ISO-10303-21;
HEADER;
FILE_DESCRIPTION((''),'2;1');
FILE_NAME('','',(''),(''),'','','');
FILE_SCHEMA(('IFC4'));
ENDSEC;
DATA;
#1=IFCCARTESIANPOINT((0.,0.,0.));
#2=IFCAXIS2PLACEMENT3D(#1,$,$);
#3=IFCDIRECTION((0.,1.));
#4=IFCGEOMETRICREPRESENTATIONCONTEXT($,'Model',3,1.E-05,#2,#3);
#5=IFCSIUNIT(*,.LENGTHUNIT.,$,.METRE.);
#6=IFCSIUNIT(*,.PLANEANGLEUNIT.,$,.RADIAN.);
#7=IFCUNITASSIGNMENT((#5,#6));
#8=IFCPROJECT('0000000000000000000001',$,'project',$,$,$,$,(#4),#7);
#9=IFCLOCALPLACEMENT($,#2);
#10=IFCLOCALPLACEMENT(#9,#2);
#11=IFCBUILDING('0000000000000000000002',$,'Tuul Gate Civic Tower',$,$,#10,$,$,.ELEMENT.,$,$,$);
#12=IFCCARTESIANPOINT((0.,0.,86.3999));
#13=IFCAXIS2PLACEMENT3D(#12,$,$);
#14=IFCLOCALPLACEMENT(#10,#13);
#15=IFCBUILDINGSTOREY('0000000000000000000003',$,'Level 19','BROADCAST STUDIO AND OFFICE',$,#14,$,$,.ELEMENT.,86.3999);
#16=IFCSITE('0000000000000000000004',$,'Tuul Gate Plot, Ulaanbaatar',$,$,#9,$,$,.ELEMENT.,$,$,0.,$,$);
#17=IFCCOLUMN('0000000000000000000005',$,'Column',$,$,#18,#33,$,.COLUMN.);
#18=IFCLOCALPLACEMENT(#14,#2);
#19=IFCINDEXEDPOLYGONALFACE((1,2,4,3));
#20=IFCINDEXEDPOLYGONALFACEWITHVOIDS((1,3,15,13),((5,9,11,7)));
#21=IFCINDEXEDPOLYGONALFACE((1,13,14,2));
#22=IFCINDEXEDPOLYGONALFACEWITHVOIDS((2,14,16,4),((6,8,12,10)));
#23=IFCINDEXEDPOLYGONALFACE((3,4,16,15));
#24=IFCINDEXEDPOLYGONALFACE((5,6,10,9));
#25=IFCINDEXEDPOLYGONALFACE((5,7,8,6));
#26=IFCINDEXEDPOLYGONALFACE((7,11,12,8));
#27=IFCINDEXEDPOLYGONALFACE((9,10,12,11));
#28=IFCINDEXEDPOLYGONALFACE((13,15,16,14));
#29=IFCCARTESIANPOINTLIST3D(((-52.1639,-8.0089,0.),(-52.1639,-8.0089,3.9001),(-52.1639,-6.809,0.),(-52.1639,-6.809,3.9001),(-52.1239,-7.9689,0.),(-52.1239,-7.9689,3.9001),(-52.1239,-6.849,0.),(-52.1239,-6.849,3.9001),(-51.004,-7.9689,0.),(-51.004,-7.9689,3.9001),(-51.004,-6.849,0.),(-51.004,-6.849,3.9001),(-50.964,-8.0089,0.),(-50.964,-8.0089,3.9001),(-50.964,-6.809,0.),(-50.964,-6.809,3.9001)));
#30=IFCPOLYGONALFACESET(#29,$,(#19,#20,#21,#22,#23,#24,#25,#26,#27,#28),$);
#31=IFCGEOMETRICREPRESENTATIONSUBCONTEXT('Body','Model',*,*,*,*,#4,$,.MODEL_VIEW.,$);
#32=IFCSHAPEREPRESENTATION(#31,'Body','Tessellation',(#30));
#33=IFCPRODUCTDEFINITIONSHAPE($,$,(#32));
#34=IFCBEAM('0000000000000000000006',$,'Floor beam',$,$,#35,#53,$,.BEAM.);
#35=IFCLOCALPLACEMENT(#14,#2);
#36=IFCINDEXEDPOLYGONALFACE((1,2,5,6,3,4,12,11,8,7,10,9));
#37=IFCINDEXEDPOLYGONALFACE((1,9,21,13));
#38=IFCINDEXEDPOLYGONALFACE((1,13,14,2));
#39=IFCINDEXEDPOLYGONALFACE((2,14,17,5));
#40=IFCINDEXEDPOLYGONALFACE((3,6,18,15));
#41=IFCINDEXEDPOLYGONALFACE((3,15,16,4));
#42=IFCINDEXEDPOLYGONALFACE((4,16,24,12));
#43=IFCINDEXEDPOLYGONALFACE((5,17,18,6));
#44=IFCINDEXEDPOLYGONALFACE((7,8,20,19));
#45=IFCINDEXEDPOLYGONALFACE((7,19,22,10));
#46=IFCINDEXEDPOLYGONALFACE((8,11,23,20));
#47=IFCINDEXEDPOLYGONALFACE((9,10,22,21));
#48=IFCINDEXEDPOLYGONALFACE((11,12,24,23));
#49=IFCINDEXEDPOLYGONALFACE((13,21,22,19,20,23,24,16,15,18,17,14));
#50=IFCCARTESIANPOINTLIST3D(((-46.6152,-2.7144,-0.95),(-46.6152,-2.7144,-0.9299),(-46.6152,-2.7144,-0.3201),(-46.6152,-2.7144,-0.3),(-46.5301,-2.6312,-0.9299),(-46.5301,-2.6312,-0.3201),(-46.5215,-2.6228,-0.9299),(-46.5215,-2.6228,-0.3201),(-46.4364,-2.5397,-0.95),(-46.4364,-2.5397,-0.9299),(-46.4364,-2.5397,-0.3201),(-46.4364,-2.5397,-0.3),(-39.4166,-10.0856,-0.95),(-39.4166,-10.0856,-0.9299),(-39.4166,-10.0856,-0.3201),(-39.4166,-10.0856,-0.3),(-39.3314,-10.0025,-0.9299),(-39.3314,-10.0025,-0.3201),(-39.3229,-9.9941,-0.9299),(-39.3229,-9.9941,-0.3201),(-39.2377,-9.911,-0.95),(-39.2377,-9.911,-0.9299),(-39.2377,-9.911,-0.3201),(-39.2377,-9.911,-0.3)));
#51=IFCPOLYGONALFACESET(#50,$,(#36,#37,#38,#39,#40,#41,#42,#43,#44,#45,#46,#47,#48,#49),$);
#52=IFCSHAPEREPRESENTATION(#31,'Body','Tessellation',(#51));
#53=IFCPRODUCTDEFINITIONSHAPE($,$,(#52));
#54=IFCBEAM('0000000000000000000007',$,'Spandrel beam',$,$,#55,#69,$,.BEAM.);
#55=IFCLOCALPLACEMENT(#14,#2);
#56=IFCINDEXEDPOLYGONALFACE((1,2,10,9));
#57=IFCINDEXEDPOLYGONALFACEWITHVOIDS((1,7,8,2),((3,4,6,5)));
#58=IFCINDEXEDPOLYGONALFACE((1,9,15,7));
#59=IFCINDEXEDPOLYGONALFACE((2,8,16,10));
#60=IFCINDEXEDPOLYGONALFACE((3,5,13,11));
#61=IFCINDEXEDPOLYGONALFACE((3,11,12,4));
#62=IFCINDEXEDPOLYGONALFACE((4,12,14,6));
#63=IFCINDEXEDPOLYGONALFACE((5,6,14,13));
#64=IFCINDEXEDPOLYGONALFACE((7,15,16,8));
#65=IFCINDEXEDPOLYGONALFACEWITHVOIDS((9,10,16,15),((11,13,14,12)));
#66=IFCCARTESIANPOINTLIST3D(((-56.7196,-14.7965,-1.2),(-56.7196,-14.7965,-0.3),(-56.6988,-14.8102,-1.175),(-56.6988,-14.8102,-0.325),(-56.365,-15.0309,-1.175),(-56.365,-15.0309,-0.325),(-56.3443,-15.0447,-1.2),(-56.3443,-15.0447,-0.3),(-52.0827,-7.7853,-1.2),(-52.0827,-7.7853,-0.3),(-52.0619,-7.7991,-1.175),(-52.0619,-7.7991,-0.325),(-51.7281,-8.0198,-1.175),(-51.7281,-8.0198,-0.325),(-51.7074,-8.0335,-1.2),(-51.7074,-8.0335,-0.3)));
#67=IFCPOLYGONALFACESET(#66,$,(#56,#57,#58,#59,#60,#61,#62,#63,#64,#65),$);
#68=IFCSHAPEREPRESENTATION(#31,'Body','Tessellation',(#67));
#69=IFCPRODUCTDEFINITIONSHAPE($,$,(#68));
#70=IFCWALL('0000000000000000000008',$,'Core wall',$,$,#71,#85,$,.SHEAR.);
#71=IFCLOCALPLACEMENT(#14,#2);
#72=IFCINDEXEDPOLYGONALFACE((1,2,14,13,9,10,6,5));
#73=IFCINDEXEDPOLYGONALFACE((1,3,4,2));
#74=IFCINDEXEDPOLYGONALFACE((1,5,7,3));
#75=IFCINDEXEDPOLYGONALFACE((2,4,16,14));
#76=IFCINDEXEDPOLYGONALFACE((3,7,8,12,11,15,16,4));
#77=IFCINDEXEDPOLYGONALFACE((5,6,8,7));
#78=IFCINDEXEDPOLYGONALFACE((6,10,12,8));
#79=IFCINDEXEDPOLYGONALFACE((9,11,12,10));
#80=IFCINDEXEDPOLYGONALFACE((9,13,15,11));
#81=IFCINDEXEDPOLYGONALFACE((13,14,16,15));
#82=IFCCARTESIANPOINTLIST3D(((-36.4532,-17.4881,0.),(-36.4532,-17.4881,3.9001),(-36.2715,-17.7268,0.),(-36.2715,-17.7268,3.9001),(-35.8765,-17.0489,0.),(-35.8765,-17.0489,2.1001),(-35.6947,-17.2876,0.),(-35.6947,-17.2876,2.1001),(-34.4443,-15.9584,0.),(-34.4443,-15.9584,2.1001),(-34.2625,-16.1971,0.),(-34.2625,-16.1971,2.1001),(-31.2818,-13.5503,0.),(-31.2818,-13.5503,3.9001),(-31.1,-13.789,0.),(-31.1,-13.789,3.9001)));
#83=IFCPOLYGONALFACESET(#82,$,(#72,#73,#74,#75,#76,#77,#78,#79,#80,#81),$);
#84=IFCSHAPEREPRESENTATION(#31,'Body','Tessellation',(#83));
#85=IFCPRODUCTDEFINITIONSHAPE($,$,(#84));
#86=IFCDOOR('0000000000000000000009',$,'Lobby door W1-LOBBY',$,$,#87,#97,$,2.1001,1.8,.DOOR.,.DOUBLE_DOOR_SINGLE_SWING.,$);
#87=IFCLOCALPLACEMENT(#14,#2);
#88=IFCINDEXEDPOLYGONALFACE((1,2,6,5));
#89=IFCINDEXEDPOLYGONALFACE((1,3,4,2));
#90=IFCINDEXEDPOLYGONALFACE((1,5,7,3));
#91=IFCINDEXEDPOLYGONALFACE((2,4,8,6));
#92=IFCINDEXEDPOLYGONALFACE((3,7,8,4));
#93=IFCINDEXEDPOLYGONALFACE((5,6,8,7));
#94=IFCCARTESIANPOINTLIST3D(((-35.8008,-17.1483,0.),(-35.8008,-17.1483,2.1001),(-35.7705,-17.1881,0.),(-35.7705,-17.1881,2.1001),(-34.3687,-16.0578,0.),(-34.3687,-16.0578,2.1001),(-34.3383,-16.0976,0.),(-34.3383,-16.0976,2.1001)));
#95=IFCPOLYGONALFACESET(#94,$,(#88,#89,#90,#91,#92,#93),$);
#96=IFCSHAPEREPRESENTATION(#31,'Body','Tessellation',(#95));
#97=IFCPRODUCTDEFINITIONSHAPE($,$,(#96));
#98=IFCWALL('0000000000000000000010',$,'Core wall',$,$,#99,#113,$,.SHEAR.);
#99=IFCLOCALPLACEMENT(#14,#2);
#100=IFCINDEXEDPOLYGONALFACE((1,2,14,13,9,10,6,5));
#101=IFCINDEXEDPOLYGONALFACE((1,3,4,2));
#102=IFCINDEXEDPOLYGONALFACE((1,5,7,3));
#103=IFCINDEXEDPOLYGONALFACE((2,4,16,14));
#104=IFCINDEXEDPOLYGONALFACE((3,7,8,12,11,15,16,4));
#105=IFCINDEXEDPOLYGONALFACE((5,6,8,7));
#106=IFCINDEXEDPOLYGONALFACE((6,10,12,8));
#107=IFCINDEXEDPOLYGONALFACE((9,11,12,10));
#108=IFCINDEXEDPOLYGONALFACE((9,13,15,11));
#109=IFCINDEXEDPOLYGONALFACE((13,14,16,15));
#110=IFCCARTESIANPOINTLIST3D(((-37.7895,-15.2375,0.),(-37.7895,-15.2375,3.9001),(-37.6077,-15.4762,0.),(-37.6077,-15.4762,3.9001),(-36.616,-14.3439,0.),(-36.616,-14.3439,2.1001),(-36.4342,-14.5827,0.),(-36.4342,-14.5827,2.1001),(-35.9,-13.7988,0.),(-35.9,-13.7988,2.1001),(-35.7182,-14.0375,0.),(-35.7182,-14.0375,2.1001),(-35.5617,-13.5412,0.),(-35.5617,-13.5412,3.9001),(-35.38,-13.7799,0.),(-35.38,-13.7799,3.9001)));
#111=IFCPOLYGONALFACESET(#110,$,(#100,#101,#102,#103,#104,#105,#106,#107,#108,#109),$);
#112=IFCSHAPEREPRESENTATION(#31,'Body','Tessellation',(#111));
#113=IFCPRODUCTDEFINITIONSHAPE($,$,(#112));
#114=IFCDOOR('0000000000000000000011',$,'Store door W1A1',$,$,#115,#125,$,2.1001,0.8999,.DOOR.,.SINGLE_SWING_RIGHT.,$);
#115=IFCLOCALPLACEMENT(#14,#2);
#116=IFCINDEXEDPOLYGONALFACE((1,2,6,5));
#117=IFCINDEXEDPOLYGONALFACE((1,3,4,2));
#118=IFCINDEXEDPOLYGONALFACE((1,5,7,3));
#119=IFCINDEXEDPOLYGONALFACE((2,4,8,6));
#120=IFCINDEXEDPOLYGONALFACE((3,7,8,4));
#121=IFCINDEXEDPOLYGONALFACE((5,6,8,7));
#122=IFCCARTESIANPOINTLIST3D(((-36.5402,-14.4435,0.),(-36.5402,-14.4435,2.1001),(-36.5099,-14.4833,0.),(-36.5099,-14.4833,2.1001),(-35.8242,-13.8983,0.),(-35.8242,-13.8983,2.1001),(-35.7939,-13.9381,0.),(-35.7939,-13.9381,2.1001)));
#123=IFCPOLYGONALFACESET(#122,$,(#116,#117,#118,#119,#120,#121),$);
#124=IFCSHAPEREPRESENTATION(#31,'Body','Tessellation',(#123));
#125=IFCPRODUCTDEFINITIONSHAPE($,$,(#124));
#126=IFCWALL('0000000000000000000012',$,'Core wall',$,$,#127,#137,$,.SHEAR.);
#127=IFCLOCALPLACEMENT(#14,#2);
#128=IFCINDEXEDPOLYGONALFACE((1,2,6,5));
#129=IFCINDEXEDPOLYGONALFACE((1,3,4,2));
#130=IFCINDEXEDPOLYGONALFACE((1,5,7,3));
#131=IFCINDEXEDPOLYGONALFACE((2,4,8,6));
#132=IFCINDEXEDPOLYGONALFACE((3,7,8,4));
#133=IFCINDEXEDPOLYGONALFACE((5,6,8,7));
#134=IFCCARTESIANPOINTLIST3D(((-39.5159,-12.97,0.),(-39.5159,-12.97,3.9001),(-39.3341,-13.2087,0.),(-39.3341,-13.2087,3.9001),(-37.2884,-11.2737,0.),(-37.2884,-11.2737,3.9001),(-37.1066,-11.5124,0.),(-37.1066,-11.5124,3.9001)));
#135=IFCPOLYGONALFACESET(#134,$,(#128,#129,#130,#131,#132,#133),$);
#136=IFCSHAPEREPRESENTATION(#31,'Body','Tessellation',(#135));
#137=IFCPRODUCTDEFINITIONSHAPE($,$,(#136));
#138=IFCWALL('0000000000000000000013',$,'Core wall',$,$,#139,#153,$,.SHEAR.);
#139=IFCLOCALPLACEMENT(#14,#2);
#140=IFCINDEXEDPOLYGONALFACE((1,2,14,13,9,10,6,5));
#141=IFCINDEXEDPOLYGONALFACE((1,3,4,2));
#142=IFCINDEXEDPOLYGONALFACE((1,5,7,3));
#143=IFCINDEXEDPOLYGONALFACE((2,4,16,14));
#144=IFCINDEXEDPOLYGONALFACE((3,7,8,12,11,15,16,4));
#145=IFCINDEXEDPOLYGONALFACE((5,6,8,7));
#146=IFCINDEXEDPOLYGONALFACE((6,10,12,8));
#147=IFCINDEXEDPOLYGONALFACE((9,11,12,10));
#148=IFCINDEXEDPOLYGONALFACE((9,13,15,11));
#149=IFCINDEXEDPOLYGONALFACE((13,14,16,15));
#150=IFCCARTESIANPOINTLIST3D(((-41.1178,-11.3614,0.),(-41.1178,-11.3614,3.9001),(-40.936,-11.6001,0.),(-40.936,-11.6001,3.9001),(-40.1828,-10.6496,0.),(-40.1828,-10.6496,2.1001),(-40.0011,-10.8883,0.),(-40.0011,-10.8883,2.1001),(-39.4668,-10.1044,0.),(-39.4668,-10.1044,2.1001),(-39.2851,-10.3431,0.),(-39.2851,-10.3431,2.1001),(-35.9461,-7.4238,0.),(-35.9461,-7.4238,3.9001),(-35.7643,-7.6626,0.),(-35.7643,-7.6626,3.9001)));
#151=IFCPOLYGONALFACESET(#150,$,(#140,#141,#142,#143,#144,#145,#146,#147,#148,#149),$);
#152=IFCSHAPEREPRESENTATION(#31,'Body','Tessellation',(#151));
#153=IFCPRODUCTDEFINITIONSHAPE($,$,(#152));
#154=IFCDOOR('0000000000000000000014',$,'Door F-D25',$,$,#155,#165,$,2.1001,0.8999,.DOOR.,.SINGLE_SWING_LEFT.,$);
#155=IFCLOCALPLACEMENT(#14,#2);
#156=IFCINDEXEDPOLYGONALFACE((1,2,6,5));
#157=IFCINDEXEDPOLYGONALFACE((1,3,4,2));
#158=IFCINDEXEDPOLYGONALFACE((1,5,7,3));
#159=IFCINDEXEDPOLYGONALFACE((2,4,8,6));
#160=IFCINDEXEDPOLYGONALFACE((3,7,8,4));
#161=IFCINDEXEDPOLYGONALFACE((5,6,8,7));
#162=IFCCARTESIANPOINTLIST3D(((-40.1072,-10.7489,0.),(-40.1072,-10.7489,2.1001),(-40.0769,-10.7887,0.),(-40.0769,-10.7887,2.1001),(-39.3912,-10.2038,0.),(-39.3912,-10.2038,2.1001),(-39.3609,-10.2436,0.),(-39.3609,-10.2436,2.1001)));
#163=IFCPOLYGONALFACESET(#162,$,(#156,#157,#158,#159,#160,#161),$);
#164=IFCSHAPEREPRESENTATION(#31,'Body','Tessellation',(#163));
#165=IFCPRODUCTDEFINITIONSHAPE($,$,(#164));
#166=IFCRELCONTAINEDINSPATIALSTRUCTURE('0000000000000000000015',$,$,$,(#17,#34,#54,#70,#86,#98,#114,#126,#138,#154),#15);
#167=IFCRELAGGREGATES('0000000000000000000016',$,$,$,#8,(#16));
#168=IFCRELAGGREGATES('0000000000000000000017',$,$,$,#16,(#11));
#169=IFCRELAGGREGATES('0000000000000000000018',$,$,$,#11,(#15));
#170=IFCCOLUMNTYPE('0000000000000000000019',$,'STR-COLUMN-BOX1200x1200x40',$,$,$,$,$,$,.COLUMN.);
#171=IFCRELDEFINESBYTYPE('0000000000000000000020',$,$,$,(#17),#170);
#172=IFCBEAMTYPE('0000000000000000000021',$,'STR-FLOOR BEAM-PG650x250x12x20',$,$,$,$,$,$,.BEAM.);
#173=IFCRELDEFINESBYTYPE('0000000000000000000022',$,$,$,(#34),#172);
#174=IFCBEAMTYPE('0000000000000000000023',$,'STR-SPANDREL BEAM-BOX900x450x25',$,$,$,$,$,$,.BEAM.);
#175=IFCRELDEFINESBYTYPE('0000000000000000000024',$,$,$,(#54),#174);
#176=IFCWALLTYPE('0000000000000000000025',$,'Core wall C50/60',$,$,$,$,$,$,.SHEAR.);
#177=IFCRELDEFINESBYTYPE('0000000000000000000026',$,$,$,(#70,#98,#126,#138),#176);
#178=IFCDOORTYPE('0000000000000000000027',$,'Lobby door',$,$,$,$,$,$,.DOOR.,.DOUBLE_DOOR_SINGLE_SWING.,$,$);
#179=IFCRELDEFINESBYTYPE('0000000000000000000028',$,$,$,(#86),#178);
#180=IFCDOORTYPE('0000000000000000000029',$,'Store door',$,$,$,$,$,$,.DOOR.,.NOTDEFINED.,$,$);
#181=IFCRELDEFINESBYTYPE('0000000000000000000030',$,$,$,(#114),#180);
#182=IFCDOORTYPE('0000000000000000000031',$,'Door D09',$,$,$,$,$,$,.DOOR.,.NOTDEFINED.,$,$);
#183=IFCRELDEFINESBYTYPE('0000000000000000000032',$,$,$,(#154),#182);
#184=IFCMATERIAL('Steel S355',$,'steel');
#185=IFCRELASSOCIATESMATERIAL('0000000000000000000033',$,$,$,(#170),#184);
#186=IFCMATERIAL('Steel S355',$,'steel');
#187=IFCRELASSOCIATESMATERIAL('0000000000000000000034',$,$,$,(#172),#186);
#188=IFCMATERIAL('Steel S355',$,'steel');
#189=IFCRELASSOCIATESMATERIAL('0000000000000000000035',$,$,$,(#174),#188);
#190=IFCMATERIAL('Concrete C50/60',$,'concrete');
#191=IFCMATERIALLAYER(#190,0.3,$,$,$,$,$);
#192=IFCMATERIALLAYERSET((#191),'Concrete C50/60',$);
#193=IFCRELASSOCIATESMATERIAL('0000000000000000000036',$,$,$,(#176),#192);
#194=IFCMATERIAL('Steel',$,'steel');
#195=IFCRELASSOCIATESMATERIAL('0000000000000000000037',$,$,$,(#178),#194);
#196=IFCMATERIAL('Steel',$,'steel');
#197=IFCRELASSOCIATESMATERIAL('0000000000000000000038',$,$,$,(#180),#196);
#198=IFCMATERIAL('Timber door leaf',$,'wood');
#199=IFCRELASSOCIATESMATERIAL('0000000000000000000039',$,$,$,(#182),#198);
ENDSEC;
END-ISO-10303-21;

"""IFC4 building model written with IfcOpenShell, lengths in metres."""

from ifc_helpers import new_model, si_unit, direction, frame, frame_2d, origin, origin_2d, place, context, subcontext, project, spatial, rectangle, hollow_rectangle, i_section, extrude, material, layer, layer_set, material_profile, profile_set, type_object, element, fill, save


model = new_model("IFC4")

# Units and contexts
model_context = context("Model", 3, precision=1e-05, world=origin(), true_north=direction((0.0, 1.0)))
body_context = subcontext(model_context, "Body", "Model", "MODEL_VIEW")
ifc_project = project(units=[si_unit("LENGTHUNIT", "METRE"), si_unit("PLANEANGLEUNIT", "RADIAN")], contexts=[model_context])

# Site, building, storey
site_placement = place(None, origin())
site = spatial("IfcSite", under=ifc_project, at=site_placement, Name="Tuul Gate Plot, Ulaanbaatar", CompositionType="ELEMENT", RefElevation=0.0)
building_placement = place(site_placement, origin())
building = spatial("IfcBuilding", under=site, at=building_placement, Name="Tuul Gate Civic Tower", CompositionType="ELEMENT")
storey_placement = place(building_placement, frame((0.0, 0.0, 86.3999)))
storey = spatial("IfcBuildingStorey", under=building, at=storey_placement, Name="Level 19", Description="BROADCAST STUDIO AND OFFICE", CompositionType="ELEMENT", Elevation=86.3999)

# Column
ifc_material_1 = material(Name="Steel S355", Category="steel")
ifc_material_profile_1 = material_profile(ifc_material_1, hollow_rectangle(XDim=1.2, YDim=1.2, WallThickness=0.04, at=origin_2d()), Name="BOX1200x1200x40")
ifc_profile_set_1 = profile_set([ifc_material_profile_1], Name="Steel S355")
column_type = type_object("IfcColumnType", Name="STR-COLUMN-BOX1200x1200x40", PredefinedType="COLUMN", material=ifc_profile_set_1)
column_placement = place(storey_placement, frame((-51.564, -7.4089, 0.0), z_axis=(0.0, 0.0, 1.0), x_axis=(1.0, 0.0, 0.0)))
element("IfcColumn", 1, at=column_placement, inside=storey, type_object=column_type, Name="Column", PredefinedType="COLUMN", context=body_context, shape_type="SweptSolid", body=[
    extrude(hollow_rectangle(XDim=1.2, YDim=1.2, WallThickness=0.04, at=origin_2d()), origin(), (0.0, 0.0, 1.0), 3.9001),
])

# Beams
ifc_material_2 = material(Name="Steel S355", Category="steel")
ifc_material_profile_2 = material_profile(ifc_material_2, i_section(OverallWidth=0.25, OverallDepth=0.6499, WebThickness=0.012, FlangeThickness=0.02, at=origin_2d()), Name="PG650x250x12x20")
ifc_profile_set_2 = profile_set([ifc_material_profile_2], Name="Steel S355")
beam_type_1 = type_object("IfcBeamType", Name="STR-FLOOR BEAM-PG650x250x12x20", PredefinedType="BEAM", material=ifc_profile_set_2)
beam_1_placement = place(storey_placement, frame((-39.3271, -9.9983, -0.625), z_axis=(-0.698681, 0.715433, 0.0), x_axis=(-0.715433, -0.698681, 0.0)))
element("IfcBeam", 2, at=beam_1_placement, inside=storey, type_object=beam_type_1, Name="Floor beam", PredefinedType="BEAM", context=body_context, shape_type="SweptSolid", body=[
    extrude(i_section(OverallWidth=0.25, OverallDepth=0.6499, WebThickness=0.012, FlangeThickness=0.02, at=origin_2d()), origin(), (0.0, 0.0, 1.0), 10.3032),
])
ifc_material_3 = material(Name="Steel S355", Category="steel")
ifc_material_profile_3 = material_profile(ifc_material_3, hollow_rectangle(XDim=0.45, YDim=0.8999, WallThickness=0.0249, at=origin_2d()), Name="BOX900x450x25")
ifc_profile_set_3 = profile_set([ifc_material_profile_3], Name="Steel S355")
beam_type_2 = type_object("IfcBeamType", Name="STR-SPANDREL BEAM-BOX900x450x25", PredefinedType="BEAM", material=ifc_profile_set_3)
beam_2_placement = place(storey_placement, frame((-51.895, -7.9094, -0.75), z_axis=(-0.551633, -0.834087, 0.0), x_axis=(0.834087, -0.551633, 0.0)))
element("IfcBeam", 3, at=beam_2_placement, inside=storey, type_object=beam_type_2, Name="Spandrel beam", PredefinedType="BEAM", context=body_context, shape_type="SweptSolid", body=[
    extrude(hollow_rectangle(XDim=0.45, YDim=0.8999, WallThickness=0.0249, at=origin_2d()), origin(), (0.0, 0.0, 1.0), 8.4058),
])

# Walls, openings, doors
ifc_material_4 = material(Name="Concrete C50/60", Category="concrete")
ifc_layer_1 = layer(ifc_material_4, 0.3)
ifc_layer_set_1 = layer_set([ifc_layer_1], Name="Concrete C50/60")
wall_type_1 = type_object("IfcWallType", Name="Core wall C50/60", PredefinedType="SHEAR", material=ifc_layer_set_1)
wall_1_placement = place(storey_placement, frame((-31.1909, -13.6697, 0.0), z_axis=(0.0, 0.0, 1.0), x_axis=(-0.795607, -0.605813, 0.0)))
wall_1 = element("IfcWall", 4, at=wall_1_placement, inside=storey, type_object=wall_type_1, Name="Core wall", PredefinedType="SHEAR", context=body_context, shape_type="SweptSolid", body=[
    extrude(rectangle(XDim=6.5, YDim=0.3, at=frame_2d((3.25, 0.0))), origin(), (0.0, 0.0, 1.0), 3.9001),
])
opening_1_placement = place(wall_1_placement, frame((3.9751, 0.0, 0.0)))
opening_1 = element("IfcOpeningElement", 5, at=opening_1_placement, cuts=wall_1, PredefinedType="OPENING", context=body_context, shape_type="SweptSolid", body=[
    extrude(rectangle(XDim=1.8, YDim=2.1001, at=frame_2d((0.8999, 1.05))), frame((0.0, 0.1602, 0.0), z_axis=(0.0, -1.0, 0.0), x_axis=(1.0, 0.0, 0.0)), (0.0, 0.0, 1.0), 0.3201),
])
ifc_material_5 = material(Name="Steel", Category="steel")
door_type_1 = type_object("IfcDoorType", Name="Lobby door", OperationType="DOUBLE_DOOR_SINGLE_SWING", PredefinedType="DOOR", material=ifc_material_5)
door_1_placement = place(opening_1_placement, origin())
door_1 = element("IfcDoor", 6, at=door_1_placement, inside=storey, type_object=door_type_1, Name="Lobby door W1-LOBBY", OperationType="DOUBLE_DOOR_SINGLE_SWING", OverallHeight=2.1001, OverallWidth=1.8, PredefinedType="DOOR", context=body_context, shape_type="SweptSolid", body=[
    extrude(rectangle(XDim=1.8, YDim=2.1001, at=frame_2d((0.8999, 1.05))), frame((0.0, 0.0249, 0.0), z_axis=(0.0, -1.0, 0.0), x_axis=(1.0, 0.0, 0.0)), (0.0, 0.0, 1.0), 0.05),
])
fill(opening_1, door_1)
wall_2_placement = place(storey_placement, frame((-35.4709, -13.6606, 0.0), z_axis=(0.0, 0.0, 1.0), x_axis=(-0.795616, -0.605802, 0.0)))
wall_2 = element("IfcWall", 7, at=wall_2_placement, inside=storey, type_object=wall_type_1, Name="Core wall", PredefinedType="SHEAR", context=body_context, shape_type="SweptSolid", body=[
    extrude(rectangle(XDim=2.8, YDim=0.3, at=frame_2d((1.3999, 0.0))), origin(), (0.0, 0.0, 1.0), 3.9001),
])
opening_2_placement = place(wall_2_placement, frame((0.425, 0.0, 0.0)))
opening_2 = element("IfcOpeningElement", 8, at=opening_2_placement, cuts=wall_2, PredefinedType="OPENING", context=body_context, shape_type="SweptSolid", body=[
    extrude(rectangle(XDim=0.8999, YDim=2.1001, at=frame_2d((0.45, 1.05))), frame((0.0, 0.1602, 0.0), z_axis=(0.0, -1.0, 0.0), x_axis=(1.0, 0.0, 0.0)), (0.0, 0.0, 1.0), 0.3201),
])
ifc_material_6 = material(Name="Steel", Category="steel")
door_type_2 = type_object("IfcDoorType", Name="Store door", OperationType="NOTDEFINED", PredefinedType="DOOR", material=ifc_material_6)
door_2_placement = place(opening_2_placement, frame((0.8999, 0.0, 0.0), z_axis=(0.0, 0.0, 1.0), x_axis=(-1.0, 0.0, 0.0)))
door_2 = element("IfcDoor", 9, at=door_2_placement, inside=storey, type_object=door_type_2, Name="Store door W1A1", OperationType="SINGLE_SWING_RIGHT", OverallHeight=2.1001, OverallWidth=0.8999, PredefinedType="DOOR", context=body_context, shape_type="SweptSolid", body=[
    extrude(rectangle(XDim=0.8999, YDim=2.1001, at=frame_2d((0.45, 1.05))), frame((0.0, 0.0249, 0.0), z_axis=(0.0, -1.0, 0.0), x_axis=(1.0, 0.0, 0.0)), (0.0, 0.0, 1.0), 0.05),
])
fill(opening_2, door_2)

# Wall
wall_3_placement = place(storey_placement, frame((-37.1975, -11.3931, 0.0), z_axis=(0.0, 0.0, 1.0), x_axis=(-0.795584, -0.605844, 0.0)))
element("IfcWall", 10, at=wall_3_placement, inside=storey, type_object=wall_type_1, Name="Core wall", PredefinedType="SHEAR", context=body_context, shape_type="SweptSolid", body=[
    extrude(rectangle(XDim=2.7998, YDim=0.3, at=frame_2d((1.3999, 0.0))), origin(), (0.0, 0.0, 1.0), 3.9001),
])

# Wall, opening, door
wall_4_placement = place(storey_placement, frame((-35.8552, -7.5432, 0.0), z_axis=(0.0, 0.0, 1.0), x_axis=(-0.795639, -0.605772, 0.0)))
wall_4 = element("IfcWall", 11, at=wall_4_placement, inside=storey, type_object=wall_type_1, Name="Core wall", PredefinedType="SHEAR", context=body_context, shape_type="SweptSolid", body=[
    extrude(rectangle(XDim=6.5, YDim=0.3, at=frame_2d((3.25, 0.0))), origin(), (0.0, 0.0, 1.0), 3.9001),
])
opening_3_placement = place(wall_4_placement, frame((4.425, 0.0, 0.0)))
opening_3 = element("IfcOpeningElement", 12, at=opening_3_placement, cuts=wall_4, PredefinedType="OPENING", context=body_context, shape_type="SweptSolid", body=[
    extrude(rectangle(XDim=0.8999, YDim=2.1001, at=frame_2d((0.45, 1.05))), frame((0.0, 0.1602, 0.0), z_axis=(0.0, -1.0, 0.0), x_axis=(1.0, 0.0, 0.0)), (0.0, 0.0, 1.0), 0.3201),
])
ifc_material_7 = material(Name="Timber door leaf", Category="wood")
door_type_3 = type_object("IfcDoorType", Name="Door D09", OperationType="NOTDEFINED", PredefinedType="DOOR", material=ifc_material_7)
door_3_placement = place(opening_3_placement, origin())
door_3 = element("IfcDoor", 13, at=door_3_placement, inside=storey, type_object=door_type_3, Name="Door F-D25", OperationType="SINGLE_SWING_LEFT", OverallHeight=2.1001, OverallWidth=0.8999, PredefinedType="DOOR", context=body_context, shape_type="SweptSolid", body=[
    extrude(rectangle(XDim=0.8999, YDim=2.1001, at=frame_2d((0.45, 1.05))), frame((0.0, 0.0249, 0.0), z_axis=(0.0, -1.0, 0.0), x_axis=(1.0, 0.0, 0.0)), (0.0, 0.0, 1.0), 0.05),
])
fill(opening_3, door_3)

save(model, "model.ifc")
